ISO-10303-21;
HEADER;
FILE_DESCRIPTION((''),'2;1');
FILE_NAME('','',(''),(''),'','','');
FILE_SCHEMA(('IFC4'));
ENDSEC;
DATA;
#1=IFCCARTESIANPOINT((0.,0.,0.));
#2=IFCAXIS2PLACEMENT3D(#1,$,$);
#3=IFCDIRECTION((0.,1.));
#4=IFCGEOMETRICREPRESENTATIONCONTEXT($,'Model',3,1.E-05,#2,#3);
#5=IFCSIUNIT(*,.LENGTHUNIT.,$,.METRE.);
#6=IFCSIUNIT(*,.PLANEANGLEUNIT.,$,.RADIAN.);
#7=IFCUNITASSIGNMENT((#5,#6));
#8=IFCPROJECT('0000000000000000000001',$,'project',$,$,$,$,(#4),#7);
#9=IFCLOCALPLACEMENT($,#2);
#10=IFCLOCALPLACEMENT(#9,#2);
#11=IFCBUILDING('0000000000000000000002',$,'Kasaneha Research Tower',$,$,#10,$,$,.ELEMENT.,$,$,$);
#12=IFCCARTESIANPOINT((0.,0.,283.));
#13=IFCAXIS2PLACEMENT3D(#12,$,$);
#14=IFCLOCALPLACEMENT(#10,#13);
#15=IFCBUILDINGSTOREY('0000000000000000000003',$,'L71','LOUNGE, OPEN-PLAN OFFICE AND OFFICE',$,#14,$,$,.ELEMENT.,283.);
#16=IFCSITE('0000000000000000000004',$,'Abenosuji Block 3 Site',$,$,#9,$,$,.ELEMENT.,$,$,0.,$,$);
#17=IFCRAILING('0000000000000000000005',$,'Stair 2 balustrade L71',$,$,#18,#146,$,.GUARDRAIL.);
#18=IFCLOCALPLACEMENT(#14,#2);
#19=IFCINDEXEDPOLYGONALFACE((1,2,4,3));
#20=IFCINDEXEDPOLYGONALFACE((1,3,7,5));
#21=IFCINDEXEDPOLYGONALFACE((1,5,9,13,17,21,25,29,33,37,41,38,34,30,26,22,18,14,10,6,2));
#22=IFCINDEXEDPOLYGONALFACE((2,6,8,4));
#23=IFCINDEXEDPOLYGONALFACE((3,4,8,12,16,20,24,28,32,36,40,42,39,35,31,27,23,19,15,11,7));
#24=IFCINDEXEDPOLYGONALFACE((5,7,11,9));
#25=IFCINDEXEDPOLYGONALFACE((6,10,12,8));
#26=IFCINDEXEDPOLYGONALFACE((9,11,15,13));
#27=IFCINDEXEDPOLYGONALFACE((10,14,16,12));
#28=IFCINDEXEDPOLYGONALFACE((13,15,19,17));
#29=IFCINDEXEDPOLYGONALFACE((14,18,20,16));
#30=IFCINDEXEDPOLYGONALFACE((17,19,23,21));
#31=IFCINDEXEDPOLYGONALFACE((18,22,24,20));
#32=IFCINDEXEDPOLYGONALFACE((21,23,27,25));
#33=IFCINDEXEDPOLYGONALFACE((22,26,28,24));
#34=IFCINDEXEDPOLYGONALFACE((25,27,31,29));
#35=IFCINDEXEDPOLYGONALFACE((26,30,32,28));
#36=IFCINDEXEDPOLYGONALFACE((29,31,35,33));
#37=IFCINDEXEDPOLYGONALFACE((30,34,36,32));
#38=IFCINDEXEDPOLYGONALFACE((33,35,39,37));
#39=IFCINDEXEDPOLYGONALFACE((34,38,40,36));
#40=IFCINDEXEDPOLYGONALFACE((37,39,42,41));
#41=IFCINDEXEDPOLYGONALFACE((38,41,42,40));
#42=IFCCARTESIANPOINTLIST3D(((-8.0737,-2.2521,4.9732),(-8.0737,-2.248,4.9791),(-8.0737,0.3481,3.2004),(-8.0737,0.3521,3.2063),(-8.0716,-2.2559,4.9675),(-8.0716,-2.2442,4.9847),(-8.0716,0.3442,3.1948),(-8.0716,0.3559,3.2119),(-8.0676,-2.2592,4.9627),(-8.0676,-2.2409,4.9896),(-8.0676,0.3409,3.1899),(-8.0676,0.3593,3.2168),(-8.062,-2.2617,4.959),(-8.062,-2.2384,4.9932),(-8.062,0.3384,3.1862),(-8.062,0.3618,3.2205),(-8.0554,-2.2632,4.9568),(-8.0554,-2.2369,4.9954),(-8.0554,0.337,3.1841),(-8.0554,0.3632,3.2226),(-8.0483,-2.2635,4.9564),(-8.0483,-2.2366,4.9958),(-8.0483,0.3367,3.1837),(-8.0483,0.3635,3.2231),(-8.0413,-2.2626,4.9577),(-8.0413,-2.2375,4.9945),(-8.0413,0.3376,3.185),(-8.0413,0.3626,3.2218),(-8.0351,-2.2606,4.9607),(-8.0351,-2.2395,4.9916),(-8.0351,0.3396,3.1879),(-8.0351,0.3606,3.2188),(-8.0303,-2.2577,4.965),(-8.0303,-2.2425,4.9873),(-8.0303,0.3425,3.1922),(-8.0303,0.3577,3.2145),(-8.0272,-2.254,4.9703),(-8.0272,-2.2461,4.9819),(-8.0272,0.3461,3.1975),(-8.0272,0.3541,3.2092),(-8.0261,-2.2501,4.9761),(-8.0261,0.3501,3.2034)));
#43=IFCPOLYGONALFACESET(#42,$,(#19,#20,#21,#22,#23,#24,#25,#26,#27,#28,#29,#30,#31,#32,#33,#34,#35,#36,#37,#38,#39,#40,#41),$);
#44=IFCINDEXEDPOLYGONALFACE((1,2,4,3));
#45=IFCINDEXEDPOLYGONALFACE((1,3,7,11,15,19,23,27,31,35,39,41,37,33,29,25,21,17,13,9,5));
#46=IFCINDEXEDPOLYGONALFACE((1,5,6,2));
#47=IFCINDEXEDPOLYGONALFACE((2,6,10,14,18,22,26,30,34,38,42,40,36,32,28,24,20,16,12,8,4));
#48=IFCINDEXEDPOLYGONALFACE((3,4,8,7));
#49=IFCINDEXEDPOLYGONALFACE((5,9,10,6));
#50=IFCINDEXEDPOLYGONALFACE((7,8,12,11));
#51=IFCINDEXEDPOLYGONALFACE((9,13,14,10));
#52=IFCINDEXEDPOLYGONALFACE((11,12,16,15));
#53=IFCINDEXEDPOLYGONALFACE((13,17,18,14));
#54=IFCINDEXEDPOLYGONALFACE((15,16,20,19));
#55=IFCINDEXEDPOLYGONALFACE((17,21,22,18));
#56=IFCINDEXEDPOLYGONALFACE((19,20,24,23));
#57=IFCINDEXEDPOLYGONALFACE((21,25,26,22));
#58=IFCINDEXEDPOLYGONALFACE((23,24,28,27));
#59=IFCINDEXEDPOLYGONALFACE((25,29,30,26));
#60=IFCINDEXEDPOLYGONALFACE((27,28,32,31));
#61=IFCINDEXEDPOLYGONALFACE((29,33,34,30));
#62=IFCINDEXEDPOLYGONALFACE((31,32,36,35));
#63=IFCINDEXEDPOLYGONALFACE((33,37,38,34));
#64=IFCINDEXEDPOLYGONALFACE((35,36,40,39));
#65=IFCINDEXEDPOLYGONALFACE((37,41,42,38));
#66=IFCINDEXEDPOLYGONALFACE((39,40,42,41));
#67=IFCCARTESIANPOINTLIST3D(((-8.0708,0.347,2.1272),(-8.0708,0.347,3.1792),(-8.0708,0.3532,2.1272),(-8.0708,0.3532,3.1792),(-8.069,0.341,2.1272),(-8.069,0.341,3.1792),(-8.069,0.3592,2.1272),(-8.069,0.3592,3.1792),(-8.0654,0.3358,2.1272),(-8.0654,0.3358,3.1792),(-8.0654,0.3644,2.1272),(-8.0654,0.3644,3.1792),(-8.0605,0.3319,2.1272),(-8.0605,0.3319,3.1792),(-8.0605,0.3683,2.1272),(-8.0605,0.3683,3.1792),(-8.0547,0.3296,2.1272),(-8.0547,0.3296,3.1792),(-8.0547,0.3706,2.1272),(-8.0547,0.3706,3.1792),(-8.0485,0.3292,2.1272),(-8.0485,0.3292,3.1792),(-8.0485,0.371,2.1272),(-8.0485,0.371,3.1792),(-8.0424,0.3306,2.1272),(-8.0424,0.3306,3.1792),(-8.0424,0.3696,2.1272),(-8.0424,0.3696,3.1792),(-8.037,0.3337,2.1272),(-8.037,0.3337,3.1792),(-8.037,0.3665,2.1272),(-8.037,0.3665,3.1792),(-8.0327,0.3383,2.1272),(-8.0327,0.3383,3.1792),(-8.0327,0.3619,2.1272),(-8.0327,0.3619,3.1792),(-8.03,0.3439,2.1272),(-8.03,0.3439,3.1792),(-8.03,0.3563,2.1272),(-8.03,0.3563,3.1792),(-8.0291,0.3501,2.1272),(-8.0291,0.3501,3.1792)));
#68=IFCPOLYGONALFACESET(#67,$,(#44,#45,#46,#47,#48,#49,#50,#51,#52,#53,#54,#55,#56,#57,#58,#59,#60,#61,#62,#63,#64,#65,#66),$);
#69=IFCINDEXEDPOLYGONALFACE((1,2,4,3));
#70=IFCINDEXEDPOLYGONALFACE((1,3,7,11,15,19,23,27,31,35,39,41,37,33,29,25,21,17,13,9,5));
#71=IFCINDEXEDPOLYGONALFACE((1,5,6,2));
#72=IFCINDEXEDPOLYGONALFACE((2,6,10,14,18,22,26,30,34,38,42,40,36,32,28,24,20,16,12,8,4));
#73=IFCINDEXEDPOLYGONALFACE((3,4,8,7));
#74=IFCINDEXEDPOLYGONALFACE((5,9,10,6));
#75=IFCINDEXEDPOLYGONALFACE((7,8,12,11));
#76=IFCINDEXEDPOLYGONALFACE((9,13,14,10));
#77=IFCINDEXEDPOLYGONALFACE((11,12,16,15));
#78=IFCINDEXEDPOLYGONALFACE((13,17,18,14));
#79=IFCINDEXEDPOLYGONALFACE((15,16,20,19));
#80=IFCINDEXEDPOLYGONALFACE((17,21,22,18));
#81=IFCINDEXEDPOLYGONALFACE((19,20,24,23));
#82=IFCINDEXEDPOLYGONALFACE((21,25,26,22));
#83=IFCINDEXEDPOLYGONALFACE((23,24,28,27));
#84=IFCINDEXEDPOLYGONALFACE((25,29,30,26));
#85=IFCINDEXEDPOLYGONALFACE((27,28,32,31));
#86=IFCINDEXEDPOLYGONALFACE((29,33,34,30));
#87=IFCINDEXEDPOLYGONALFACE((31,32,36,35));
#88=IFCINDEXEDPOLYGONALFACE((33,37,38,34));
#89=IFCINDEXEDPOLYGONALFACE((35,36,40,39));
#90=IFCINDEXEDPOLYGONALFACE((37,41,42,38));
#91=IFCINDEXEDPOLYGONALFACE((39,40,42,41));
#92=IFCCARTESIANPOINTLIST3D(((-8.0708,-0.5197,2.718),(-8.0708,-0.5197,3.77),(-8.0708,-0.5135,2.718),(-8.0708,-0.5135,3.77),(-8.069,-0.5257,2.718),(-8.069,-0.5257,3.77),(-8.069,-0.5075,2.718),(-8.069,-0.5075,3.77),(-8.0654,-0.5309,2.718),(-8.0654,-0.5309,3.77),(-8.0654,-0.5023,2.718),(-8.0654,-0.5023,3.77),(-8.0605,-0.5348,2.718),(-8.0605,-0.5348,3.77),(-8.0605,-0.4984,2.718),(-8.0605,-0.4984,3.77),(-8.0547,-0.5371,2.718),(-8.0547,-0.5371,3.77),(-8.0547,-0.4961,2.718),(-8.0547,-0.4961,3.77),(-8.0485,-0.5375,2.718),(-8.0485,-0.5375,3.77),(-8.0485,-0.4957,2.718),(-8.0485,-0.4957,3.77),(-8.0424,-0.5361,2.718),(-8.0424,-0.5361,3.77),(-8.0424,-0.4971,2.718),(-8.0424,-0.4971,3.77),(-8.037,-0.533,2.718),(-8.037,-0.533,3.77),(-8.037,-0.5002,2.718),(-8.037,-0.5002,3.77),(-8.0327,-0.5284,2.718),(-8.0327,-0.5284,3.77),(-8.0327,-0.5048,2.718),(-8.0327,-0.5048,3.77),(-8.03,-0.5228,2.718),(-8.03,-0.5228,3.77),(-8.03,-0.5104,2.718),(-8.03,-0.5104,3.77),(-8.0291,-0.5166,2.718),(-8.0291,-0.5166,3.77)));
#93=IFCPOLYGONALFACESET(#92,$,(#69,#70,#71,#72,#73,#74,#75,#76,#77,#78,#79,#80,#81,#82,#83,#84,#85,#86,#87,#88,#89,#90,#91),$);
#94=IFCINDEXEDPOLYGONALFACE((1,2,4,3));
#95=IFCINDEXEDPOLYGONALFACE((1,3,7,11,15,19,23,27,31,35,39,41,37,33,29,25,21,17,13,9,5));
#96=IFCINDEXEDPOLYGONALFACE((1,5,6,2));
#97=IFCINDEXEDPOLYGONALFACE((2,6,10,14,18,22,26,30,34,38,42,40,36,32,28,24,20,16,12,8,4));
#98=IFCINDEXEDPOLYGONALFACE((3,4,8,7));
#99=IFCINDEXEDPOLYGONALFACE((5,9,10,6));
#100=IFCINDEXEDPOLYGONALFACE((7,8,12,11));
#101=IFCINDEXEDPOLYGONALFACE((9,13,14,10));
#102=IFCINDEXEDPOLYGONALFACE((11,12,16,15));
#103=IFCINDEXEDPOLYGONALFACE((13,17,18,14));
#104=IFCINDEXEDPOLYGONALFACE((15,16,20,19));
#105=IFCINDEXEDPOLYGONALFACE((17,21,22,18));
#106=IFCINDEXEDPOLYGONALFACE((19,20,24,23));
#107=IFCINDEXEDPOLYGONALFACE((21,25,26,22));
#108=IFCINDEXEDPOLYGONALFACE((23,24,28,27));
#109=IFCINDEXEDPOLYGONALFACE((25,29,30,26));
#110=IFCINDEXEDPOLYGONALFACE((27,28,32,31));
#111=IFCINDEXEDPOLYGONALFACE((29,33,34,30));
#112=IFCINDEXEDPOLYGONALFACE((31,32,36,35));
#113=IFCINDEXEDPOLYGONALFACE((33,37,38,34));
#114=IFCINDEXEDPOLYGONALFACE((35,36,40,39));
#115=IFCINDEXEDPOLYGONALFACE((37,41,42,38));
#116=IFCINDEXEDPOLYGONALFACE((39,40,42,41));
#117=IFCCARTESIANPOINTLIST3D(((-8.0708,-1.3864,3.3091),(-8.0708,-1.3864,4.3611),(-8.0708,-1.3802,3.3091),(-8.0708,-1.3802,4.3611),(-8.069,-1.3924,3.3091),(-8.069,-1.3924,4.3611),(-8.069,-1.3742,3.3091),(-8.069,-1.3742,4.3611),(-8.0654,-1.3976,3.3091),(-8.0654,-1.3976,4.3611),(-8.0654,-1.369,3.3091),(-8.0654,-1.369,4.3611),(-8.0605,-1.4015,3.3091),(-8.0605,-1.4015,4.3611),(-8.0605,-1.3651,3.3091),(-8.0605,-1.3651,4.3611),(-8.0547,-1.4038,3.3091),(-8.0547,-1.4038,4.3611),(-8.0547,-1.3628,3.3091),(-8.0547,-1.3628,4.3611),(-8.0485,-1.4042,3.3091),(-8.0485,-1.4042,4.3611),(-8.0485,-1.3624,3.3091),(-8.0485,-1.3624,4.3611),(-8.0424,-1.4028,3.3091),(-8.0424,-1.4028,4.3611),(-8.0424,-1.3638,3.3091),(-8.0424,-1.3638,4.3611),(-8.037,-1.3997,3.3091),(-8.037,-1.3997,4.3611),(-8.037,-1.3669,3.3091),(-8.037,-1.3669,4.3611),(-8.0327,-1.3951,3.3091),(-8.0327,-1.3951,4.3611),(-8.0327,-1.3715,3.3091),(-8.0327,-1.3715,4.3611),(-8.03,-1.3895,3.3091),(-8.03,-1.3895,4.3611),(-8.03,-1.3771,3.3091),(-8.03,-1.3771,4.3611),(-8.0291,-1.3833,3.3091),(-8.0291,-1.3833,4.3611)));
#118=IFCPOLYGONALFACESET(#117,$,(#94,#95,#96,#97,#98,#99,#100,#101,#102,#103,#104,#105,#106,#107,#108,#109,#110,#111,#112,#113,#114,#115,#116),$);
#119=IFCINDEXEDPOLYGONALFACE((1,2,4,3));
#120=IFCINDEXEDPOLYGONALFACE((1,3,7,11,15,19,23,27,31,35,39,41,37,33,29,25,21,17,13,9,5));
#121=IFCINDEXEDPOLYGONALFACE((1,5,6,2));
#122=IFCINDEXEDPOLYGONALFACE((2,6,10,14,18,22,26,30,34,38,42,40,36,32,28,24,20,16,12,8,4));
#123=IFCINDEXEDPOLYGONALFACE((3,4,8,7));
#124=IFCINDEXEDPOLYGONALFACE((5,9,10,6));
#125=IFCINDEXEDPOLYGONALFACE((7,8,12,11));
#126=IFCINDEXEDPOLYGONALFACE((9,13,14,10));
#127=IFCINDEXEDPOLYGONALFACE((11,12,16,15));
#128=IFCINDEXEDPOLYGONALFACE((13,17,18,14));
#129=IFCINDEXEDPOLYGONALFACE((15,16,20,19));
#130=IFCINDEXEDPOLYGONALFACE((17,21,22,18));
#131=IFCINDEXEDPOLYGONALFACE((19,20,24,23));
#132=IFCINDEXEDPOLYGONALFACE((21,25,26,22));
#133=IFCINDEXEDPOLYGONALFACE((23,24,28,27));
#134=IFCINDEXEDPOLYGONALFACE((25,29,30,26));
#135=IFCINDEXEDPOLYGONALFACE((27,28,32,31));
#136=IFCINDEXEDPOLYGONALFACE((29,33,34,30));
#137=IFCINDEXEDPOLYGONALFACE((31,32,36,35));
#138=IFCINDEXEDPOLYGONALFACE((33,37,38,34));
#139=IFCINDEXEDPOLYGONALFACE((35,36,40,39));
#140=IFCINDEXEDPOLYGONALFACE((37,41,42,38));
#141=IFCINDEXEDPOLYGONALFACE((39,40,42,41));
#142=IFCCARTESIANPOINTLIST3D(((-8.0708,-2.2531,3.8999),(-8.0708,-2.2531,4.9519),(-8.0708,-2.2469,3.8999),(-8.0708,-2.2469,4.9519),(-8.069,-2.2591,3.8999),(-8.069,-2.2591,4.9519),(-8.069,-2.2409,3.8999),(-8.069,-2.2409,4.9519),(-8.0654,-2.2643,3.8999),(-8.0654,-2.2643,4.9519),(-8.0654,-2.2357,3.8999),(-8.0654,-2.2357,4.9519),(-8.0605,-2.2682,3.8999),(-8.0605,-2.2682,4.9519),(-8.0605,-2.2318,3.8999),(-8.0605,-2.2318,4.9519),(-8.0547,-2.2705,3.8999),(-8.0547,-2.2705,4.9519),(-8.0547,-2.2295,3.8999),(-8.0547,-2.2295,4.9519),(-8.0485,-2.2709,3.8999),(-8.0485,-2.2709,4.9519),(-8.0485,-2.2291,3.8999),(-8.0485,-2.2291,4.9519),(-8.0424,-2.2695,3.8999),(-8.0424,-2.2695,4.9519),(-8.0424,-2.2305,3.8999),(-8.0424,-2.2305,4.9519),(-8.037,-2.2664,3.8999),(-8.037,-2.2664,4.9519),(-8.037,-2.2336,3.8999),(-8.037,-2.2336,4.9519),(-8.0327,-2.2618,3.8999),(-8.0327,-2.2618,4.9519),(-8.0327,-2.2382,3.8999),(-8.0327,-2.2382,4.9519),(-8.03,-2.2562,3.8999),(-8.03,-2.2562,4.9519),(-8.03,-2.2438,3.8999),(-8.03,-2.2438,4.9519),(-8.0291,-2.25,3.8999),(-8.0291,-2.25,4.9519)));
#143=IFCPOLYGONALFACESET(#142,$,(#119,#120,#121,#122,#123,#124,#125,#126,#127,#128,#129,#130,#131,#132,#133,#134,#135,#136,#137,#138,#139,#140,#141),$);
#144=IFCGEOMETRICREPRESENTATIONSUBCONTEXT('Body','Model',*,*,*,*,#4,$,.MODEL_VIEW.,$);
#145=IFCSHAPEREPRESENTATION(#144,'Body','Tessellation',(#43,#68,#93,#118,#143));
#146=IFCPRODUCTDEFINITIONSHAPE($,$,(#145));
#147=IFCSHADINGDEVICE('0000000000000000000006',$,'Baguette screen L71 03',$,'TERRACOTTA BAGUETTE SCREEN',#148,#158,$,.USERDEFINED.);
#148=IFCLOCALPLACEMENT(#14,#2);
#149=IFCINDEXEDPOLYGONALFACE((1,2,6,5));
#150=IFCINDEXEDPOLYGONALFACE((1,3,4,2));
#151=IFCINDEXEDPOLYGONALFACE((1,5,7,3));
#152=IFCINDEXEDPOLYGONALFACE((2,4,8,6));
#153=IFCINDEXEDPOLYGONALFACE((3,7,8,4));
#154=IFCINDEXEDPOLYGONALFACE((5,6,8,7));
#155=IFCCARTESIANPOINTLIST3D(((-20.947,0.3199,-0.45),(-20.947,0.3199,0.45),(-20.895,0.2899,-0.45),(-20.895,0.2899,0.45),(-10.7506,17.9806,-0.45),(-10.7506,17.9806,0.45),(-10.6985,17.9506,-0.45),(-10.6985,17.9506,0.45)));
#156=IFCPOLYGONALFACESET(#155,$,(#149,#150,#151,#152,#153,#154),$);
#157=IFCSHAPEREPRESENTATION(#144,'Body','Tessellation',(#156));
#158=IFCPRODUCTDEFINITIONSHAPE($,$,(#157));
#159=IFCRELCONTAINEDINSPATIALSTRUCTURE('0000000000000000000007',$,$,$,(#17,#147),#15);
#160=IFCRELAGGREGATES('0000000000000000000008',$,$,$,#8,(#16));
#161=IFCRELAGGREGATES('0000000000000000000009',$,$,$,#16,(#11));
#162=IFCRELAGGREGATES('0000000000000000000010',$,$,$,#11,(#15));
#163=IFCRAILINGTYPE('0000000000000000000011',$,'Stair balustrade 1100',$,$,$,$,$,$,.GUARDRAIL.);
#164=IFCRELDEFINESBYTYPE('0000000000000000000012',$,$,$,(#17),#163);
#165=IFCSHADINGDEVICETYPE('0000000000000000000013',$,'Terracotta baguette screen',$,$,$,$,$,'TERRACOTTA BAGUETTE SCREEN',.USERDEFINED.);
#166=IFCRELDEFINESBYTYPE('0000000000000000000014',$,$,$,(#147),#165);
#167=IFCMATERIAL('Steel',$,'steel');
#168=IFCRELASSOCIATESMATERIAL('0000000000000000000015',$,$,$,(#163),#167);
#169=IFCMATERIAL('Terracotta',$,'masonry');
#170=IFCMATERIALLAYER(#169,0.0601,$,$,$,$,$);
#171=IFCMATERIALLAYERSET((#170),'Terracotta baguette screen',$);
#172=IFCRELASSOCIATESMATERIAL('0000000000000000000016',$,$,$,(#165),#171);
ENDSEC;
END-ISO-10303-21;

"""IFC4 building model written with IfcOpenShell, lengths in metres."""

from ifc_helpers import new_model, si_unit, direction, frame, origin, origin_2d, place, context, subcontext, project, spatial, rectangle, circle, extrude, material, layer, layer_set, type_object, element, save


model = new_model("IFC4")

# Units and contexts
model_context = context("Model", 3, precision=1e-05, world=origin(), true_north=direction((0.0, 1.0)))
body_context = subcontext(model_context, "Body", "Model", "MODEL_VIEW")
ifc_project = project(units=[si_unit("LENGTHUNIT", "METRE"), si_unit("PLANEANGLEUNIT", "RADIAN")], contexts=[model_context])

# Site, building, storey
site_placement = place(None, origin())
site = spatial("IfcSite", under=ifc_project, at=site_placement, Name="Abenosuji Block 3 Site", CompositionType="ELEMENT", RefElevation=0.0)
building_placement = place(site_placement, origin())
building = spatial("IfcBuilding", under=site, at=building_placement, Name="Kasaneha Research Tower", CompositionType="ELEMENT")
storey_placement = place(building_placement, frame((0.0, 0.0, 283.0)))
storey = spatial("IfcBuildingStorey", under=building, at=storey_placement, Name="L71", Description="LOUNGE, OPEN-PLAN OFFICE AND OFFICE", CompositionType="ELEMENT", Elevation=283.0)

# Railing
ifc_material_1 = material(Name="Steel", Category="steel")
railing_type = type_object("IfcRailingType", Name="Stair balustrade 1100", PredefinedType="GUARDRAIL", material=ifc_material_1)
railing_placement = place(storey_placement, frame((-8.05, 0.3501, 2.1272)))
element("IfcRailing", 1, at=railing_placement, inside=storey, type_object=railing_type, Name="Stair 2 balustrade L71", PredefinedType="GUARDRAIL", context=body_context, shape_type="SweptSolid", body=[
    extrude(circle(Radius=0.0239, at=origin_2d()), frame((0.0, 0.0, 1.0762), z_axis=(0.0, -0.82624, 0.563318), x_axis=(1.0, 0.0, 0.0)), (0.0, 0.0, 1.0), 3.147),
    extrude(circle(Radius=0.021, at=origin_2d()), origin(), (0.0, 0.0, 1.0), 1.052),
    extrude(circle(Radius=0.021, at=origin_2d()), frame((0.0, -0.8667, 0.5908)), (0.0, 0.0, 1.0), 1.052),
    extrude(circle(Radius=0.021, at=origin_2d()), frame((0.0, -1.7334, 1.1819)), (0.0, 0.0, 1.0), 1.052),
    extrude(circle(Radius=0.021, at=origin_2d()), frame((0.0, -2.6001, 1.7727)), (0.0, 0.0, 1.0), 1.052),
])

# Shading device
ifc_material_2 = material(Name="Terracotta", Category="masonry")
ifc_layer_1 = layer(ifc_material_2, 0.0601)
ifc_layer_set_1 = layer_set([ifc_layer_1], Name="Terracotta baguette screen")
shading_device_type = type_object("IfcShadingDeviceType", Name="Terracotta baguette screen", ElementType="TERRACOTTA BAGUETTE SCREEN", PredefinedType="USERDEFINED", material=ifc_layer_set_1)
shading_device_placement = place(storey_placement, frame((-15.8228, 9.1353, -0.45), z_axis=(0.0, 0.0, 1.0), x_axis=(-0.5, -0.866025, 0.0)))
element("IfcShadingDevice", 2, at=shading_device_placement, inside=storey, type_object=shading_device_type, Name="Baguette screen L71 03", ObjectType="TERRACOTTA BAGUETTE SCREEN", PredefinedType="USERDEFINED", context=body_context, shape_type="SweptSolid", body=[
    extrude(rectangle(XDim=20.3928, YDim=0.0601, at=origin_2d()), origin(), (0.0, 0.0, 1.0), 0.8999),
])

save(model, "model.ifc")
